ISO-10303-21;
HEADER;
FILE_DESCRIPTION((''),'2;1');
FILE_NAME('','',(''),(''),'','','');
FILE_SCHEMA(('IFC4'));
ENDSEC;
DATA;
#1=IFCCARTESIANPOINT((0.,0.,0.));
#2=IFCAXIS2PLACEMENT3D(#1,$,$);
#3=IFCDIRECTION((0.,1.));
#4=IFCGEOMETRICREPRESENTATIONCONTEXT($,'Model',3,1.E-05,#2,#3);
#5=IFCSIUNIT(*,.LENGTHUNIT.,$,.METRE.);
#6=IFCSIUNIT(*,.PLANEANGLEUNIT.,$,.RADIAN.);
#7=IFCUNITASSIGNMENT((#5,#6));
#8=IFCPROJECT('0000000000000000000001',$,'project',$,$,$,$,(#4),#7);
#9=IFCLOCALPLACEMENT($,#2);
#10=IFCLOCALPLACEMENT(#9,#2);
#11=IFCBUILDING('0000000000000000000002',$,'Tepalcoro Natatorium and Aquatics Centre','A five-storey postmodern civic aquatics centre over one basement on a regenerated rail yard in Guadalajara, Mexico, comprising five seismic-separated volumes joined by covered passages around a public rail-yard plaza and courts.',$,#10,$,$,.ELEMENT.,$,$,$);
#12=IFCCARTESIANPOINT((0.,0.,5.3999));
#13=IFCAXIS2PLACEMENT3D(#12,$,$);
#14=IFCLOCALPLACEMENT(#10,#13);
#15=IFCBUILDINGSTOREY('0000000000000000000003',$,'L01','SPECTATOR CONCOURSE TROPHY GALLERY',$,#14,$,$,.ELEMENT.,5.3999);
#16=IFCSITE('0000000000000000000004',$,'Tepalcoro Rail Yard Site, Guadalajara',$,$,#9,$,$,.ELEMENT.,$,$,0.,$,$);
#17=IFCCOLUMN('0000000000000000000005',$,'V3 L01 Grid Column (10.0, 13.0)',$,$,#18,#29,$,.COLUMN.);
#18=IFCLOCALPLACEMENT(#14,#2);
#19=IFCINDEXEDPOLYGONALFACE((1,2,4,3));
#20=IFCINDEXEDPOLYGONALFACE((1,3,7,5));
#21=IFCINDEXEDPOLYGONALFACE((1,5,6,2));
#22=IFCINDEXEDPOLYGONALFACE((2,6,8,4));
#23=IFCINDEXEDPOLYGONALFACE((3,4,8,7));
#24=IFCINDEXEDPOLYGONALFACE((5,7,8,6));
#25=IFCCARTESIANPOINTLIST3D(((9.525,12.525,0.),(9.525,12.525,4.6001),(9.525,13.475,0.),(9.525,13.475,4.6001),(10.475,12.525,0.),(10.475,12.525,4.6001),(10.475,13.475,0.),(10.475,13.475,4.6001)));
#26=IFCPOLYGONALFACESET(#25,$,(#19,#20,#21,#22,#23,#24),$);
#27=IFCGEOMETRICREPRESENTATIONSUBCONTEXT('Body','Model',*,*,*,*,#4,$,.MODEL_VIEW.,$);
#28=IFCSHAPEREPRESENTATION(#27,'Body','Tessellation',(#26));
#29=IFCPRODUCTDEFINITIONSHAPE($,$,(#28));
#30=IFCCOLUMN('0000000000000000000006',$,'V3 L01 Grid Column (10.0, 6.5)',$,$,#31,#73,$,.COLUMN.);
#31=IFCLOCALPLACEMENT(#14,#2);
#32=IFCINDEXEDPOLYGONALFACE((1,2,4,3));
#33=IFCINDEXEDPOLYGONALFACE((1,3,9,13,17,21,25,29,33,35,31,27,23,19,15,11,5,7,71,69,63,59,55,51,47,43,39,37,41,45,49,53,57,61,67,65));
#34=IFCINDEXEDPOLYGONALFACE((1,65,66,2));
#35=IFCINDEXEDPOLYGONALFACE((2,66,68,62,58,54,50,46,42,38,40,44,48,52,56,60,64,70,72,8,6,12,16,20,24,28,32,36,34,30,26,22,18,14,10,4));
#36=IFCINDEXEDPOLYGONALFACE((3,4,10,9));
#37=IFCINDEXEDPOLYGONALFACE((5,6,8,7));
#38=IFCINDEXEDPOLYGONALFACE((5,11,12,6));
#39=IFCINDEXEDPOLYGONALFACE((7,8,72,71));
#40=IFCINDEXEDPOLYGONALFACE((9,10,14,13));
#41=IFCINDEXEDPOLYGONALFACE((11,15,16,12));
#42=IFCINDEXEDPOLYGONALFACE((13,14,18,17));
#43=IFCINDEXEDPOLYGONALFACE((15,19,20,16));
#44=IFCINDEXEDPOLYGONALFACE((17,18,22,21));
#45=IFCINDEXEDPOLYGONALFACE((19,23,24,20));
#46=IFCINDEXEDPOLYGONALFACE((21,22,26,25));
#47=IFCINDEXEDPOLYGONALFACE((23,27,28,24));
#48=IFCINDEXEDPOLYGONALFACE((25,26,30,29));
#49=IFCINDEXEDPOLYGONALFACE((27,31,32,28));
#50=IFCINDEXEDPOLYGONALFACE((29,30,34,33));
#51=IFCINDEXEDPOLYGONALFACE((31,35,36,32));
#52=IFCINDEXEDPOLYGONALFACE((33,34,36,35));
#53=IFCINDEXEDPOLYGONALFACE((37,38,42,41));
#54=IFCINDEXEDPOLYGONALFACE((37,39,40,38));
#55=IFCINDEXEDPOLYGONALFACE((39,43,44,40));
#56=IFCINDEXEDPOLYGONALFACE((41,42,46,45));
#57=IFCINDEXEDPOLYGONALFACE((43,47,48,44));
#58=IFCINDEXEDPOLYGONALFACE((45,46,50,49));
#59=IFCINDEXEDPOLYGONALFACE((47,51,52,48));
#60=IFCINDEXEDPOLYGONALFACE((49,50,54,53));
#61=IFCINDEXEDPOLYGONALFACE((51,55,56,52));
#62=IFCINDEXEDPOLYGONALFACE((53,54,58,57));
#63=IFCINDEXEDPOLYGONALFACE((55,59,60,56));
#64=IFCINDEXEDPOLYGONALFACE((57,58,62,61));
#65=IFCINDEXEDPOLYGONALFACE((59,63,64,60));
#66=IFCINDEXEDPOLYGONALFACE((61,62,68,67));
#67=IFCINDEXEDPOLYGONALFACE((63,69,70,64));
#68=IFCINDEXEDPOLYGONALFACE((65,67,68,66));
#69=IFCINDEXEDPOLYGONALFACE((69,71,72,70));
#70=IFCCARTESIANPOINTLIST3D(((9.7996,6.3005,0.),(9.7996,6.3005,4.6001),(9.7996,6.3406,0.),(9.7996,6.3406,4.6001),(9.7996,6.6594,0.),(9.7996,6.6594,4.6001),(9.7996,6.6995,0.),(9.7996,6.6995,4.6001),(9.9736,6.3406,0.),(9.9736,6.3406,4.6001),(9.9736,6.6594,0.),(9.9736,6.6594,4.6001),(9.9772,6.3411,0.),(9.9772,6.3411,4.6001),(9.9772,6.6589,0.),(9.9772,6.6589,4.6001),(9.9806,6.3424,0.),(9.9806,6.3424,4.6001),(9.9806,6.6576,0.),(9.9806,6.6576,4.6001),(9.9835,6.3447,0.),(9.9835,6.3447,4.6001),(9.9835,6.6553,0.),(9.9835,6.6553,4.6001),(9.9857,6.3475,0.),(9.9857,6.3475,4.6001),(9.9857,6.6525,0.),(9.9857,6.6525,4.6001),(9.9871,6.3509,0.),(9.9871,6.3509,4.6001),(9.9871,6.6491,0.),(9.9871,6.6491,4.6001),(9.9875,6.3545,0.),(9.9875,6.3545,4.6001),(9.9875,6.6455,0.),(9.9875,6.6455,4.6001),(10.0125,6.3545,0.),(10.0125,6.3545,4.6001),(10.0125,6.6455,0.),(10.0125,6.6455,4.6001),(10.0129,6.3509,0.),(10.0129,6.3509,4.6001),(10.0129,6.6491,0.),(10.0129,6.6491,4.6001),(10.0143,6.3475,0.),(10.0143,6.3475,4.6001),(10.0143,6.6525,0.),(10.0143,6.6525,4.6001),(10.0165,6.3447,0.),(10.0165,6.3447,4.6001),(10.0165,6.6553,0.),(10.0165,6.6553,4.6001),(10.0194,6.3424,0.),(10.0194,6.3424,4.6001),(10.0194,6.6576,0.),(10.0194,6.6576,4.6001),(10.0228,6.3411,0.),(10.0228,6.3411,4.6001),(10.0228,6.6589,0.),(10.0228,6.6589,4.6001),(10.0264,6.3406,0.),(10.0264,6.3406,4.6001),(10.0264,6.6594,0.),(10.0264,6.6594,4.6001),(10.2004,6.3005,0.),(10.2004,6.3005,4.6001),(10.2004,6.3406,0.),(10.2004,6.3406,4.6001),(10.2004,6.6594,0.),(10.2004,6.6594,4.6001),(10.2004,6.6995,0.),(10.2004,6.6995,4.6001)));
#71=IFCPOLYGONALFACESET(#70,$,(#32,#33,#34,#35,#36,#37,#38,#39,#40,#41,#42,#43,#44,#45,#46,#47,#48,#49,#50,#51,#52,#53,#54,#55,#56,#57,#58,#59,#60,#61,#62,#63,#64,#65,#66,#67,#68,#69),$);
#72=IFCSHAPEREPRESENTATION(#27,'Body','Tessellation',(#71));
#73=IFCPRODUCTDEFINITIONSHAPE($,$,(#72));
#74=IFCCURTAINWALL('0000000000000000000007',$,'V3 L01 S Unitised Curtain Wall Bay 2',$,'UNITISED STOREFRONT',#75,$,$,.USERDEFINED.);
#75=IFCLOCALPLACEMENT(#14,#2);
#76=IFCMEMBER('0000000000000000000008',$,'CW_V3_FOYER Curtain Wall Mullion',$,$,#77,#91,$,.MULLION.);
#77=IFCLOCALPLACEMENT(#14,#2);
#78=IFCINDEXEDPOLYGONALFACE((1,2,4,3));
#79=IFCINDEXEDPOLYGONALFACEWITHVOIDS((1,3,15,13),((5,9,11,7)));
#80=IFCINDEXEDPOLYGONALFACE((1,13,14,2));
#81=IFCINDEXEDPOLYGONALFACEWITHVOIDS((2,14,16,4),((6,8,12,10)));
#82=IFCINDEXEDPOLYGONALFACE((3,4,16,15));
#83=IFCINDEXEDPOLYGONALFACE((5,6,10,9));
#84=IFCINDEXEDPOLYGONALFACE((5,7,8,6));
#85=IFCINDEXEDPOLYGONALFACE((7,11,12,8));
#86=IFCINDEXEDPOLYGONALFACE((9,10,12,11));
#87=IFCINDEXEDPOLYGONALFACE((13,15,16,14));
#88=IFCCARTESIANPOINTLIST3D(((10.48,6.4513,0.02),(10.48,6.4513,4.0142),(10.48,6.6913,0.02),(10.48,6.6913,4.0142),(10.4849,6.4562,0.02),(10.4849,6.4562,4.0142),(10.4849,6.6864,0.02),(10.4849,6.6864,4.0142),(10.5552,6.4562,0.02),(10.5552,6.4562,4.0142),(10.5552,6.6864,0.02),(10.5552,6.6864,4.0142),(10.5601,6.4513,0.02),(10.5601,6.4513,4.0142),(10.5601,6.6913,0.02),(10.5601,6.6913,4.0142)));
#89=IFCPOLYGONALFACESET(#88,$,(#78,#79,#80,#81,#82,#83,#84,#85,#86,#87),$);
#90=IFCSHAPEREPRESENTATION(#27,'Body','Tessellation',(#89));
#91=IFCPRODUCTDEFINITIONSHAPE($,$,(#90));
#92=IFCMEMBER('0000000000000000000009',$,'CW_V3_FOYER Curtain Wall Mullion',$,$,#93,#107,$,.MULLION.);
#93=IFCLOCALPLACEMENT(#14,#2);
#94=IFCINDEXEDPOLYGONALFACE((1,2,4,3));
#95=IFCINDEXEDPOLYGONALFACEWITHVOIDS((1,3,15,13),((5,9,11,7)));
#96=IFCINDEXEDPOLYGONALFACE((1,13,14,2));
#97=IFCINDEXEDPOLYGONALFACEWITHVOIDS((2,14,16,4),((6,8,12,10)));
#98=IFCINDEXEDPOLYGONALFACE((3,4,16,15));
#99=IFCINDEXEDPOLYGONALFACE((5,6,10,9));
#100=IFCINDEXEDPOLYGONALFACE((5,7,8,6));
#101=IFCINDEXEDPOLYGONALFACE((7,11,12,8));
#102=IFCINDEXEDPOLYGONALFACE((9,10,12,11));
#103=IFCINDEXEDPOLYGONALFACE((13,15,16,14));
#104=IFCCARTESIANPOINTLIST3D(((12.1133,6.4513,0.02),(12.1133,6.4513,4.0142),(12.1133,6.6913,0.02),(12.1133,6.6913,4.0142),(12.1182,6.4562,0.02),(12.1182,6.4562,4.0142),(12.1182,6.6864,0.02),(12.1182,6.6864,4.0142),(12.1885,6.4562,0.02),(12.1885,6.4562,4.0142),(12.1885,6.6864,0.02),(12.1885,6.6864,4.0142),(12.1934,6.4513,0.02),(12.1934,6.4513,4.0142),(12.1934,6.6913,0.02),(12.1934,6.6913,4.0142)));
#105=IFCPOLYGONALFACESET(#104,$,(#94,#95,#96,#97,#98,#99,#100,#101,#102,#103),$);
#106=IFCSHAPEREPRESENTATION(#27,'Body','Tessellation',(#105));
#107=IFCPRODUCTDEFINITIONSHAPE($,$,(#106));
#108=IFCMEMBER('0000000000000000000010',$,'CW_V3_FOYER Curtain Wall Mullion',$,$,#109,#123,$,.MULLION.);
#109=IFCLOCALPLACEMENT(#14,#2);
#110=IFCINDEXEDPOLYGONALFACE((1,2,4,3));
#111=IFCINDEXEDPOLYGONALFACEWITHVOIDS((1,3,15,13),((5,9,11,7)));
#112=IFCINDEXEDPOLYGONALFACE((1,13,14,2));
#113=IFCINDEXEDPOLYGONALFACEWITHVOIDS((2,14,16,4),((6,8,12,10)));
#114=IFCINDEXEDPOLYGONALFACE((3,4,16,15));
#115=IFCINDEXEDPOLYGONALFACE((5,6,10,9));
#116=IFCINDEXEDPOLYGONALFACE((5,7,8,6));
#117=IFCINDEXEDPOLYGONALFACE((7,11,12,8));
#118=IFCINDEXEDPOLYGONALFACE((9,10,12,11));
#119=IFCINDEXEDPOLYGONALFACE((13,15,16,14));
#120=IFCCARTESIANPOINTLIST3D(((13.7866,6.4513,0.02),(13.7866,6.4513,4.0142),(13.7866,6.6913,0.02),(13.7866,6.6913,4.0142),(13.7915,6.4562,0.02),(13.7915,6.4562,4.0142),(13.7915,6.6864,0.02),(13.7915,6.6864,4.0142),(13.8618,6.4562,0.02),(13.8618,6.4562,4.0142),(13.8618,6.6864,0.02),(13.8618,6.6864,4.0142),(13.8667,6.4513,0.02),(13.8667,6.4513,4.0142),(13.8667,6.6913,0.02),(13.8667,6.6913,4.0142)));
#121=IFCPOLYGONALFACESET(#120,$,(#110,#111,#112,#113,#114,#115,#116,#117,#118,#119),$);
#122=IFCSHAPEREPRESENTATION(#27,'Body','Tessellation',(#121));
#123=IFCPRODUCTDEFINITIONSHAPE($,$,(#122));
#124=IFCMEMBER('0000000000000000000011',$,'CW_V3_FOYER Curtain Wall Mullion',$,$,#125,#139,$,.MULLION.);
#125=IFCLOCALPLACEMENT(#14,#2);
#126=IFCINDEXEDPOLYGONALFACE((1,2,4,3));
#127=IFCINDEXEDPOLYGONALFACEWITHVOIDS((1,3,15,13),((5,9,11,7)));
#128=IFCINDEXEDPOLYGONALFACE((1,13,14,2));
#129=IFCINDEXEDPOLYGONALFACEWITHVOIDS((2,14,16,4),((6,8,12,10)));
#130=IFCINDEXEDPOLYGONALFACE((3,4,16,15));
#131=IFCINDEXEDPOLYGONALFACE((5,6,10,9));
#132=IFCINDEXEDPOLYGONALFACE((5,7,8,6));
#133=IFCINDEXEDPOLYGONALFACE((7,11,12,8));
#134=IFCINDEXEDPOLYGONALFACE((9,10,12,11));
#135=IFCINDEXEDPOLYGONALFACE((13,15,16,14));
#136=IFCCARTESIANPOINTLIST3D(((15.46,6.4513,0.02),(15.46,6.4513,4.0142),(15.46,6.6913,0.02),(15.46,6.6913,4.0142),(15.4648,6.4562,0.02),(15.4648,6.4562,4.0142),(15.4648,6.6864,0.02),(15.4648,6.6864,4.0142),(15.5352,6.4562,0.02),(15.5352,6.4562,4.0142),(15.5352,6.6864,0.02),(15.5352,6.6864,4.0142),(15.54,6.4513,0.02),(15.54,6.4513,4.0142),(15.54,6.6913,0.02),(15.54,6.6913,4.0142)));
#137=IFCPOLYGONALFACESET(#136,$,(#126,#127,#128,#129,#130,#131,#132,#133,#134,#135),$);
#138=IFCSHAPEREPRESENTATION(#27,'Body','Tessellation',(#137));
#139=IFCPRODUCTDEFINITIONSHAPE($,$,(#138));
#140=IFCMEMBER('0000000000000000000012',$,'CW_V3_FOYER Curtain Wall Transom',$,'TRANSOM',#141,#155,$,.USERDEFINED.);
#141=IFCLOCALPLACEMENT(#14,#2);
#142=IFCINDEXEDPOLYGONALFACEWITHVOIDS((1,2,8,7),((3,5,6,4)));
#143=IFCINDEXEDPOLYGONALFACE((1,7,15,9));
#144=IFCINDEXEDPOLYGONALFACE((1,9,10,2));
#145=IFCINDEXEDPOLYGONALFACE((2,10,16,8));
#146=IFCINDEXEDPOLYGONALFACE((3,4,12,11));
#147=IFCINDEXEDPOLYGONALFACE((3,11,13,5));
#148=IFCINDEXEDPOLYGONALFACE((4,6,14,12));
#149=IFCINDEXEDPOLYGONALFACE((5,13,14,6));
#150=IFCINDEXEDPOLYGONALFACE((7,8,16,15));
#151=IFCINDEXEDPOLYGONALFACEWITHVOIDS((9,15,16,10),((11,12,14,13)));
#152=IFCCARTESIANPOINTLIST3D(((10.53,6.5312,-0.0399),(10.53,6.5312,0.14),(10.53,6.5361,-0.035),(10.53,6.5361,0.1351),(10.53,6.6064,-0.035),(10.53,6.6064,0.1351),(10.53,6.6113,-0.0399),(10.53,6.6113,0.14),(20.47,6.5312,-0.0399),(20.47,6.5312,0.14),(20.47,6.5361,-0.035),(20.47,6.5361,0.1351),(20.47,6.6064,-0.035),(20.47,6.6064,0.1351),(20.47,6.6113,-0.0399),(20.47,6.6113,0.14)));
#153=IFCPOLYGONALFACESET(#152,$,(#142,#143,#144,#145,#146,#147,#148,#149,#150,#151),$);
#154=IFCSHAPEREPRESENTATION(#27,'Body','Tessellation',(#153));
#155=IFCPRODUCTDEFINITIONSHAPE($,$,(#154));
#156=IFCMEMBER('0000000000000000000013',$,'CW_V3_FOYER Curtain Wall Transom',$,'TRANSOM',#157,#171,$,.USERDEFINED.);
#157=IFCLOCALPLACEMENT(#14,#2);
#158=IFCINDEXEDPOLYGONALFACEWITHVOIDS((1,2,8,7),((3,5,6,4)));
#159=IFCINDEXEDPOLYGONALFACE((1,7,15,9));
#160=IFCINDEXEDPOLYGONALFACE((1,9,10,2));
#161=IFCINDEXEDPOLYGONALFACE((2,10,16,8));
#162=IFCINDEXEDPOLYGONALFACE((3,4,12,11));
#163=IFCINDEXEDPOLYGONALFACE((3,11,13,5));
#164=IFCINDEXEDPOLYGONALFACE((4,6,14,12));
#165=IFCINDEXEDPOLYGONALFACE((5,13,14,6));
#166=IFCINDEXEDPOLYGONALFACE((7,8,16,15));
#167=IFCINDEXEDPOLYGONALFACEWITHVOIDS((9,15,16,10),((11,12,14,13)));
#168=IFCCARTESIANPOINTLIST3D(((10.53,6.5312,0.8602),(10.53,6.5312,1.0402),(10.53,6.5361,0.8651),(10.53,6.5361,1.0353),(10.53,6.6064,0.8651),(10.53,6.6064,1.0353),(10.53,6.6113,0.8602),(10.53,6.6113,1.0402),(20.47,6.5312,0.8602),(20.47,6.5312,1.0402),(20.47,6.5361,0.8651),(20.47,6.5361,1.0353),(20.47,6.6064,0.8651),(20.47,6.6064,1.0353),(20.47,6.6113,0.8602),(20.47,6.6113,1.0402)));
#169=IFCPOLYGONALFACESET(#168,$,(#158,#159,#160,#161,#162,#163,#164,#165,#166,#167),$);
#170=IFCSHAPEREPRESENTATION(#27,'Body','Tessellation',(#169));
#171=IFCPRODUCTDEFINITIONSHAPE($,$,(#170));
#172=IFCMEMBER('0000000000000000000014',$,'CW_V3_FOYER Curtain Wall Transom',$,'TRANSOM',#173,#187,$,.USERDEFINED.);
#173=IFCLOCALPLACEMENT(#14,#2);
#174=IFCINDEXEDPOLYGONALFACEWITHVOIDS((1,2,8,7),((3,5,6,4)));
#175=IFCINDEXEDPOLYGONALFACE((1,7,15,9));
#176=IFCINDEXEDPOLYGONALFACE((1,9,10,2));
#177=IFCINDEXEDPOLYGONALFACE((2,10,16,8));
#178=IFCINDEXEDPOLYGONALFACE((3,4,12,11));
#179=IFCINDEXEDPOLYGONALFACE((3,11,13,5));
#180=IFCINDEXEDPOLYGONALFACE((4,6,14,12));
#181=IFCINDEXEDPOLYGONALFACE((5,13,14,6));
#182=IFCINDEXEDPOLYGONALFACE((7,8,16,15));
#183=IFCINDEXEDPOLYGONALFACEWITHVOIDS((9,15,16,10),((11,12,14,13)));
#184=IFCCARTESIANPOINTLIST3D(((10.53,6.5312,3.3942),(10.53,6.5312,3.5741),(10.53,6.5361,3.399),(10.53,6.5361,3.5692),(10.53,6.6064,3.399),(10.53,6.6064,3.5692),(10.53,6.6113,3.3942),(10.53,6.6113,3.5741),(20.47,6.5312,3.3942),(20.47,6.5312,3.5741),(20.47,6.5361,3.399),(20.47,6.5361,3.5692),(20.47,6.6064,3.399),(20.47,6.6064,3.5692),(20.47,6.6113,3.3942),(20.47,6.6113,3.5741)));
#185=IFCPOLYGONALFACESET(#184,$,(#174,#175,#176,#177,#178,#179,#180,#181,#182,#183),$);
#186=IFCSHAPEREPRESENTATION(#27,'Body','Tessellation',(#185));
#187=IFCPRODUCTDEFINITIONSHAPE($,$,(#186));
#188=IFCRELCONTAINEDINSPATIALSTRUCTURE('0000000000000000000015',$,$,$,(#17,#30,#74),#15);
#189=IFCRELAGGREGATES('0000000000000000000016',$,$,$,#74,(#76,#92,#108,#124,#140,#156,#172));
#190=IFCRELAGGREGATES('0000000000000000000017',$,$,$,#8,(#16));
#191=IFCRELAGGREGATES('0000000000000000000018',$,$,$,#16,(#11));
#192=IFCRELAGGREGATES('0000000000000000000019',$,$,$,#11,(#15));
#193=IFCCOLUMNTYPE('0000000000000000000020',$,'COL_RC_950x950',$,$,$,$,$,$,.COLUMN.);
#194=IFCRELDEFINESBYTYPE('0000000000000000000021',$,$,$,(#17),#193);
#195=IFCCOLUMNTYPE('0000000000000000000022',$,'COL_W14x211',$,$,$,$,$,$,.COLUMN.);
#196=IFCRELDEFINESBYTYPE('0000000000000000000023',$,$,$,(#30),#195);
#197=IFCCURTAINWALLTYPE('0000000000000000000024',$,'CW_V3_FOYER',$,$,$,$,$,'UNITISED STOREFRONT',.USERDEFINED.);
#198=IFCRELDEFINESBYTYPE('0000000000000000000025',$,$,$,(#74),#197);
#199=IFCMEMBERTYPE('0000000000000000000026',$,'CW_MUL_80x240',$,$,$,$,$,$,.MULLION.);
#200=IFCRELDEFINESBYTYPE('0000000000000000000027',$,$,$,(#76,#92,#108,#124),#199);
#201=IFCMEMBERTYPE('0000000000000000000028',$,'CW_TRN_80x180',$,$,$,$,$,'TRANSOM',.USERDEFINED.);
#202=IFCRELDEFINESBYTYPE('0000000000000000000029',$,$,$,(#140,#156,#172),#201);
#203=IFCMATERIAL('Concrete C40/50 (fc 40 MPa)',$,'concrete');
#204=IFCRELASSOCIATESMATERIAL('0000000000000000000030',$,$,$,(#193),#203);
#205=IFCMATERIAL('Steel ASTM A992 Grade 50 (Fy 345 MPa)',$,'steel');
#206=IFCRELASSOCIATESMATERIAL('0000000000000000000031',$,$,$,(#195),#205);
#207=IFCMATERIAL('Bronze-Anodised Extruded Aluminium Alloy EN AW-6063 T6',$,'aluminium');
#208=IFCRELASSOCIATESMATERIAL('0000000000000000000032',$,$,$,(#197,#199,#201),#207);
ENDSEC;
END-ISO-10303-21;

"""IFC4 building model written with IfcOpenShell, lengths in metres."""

from ifc_helpers import new_model, si_unit, direction, frame, origin, origin_2d, place, context, subcontext, project, spatial, rectangle, hollow_rectangle, i_section, extrude, material, material_profile, profile_set, type_object, element, aggregate, save


model = new_model("IFC4")

# Units and contexts
model_context = context("Model", 3, precision=1e-05, world=origin(), true_north=direction((0.0, 1.0)))
body_context = subcontext(model_context, "Body", "Model", "MODEL_VIEW")
ifc_project = project(units=[si_unit("LENGTHUNIT", "METRE"), si_unit("PLANEANGLEUNIT", "RADIAN")], contexts=[model_context])

# Site, building, storey
site_placement = place(None, origin())
site = spatial("IfcSite", under=ifc_project, at=site_placement, Name="Tepalcoro Rail Yard Site, Guadalajara", CompositionType="ELEMENT", RefElevation=0.0)
building_placement = place(site_placement, origin())
building = spatial("IfcBuilding", under=site, at=building_placement, Name="Tepalcoro Natatorium and Aquatics Centre", Description="A five-storey postmodern civic aquatics centre over one basement on a regenerated rail yard in Guadalajara, Mexico, comprising five seismic-separated volumes joined by covered passages around a public rail-yard plaza and courts.", CompositionType="ELEMENT")
storey_placement = place(building_placement, frame((0.0, 0.0, 5.3999)))
storey = spatial("IfcBuildingStorey", under=building, at=storey_placement, Name="L01", Description="SPECTATOR CONCOURSE TROPHY GALLERY", CompositionType="ELEMENT", Elevation=5.3999)

# Columns
ifc_material_1 = material(Name="Concrete C40/50 (fc 40 MPa)", Category="concrete")
ifc_material_profile_1 = material_profile(ifc_material_1, rectangle(XDim=0.95, YDim=0.95, at=origin_2d()), Name="RC950x950")
ifc_profile_set_1 = profile_set([ifc_material_profile_1], Name="Concrete C40/50 (fc 40 MPa)")
column_type_1 = type_object("IfcColumnType", Name="COL_RC_950x950", PredefinedType="COLUMN", material=ifc_profile_set_1)
column_1_placement = place(storey_placement, frame((10.0, 13.0, 0.0), z_axis=(0.0, 0.0, 1.0), x_axis=(1.0, 0.0, 0.0)))
element("IfcColumn", 1, at=column_1_placement, inside=storey, type_object=column_type_1, Name="V3 L01 Grid Column (10.0, 13.0)", PredefinedType="COLUMN", context=body_context, shape_type="SweptSolid", body=[
    extrude(rectangle(XDim=0.95, YDim=0.95, at=origin_2d()), origin(), (0.0, 0.0, 1.0), 4.6001),
])
ifc_material_2 = material(Name="Steel ASTM A992 Grade 50 (Fy 345 MPa)", Category="steel")
ifc_material_profile_2 = material_profile(ifc_material_2, i_section(OverallWidth=0.4009, OverallDepth=0.3989, WebThickness=0.0249, FlangeThickness=0.04, FilletRadius=0.0139, at=origin_2d()), Name="W14X211")
ifc_profile_set_2 = profile_set([ifc_material_profile_2], Name="Steel ASTM A992 Grade 50 (Fy 345 MPa)")
column_type_2 = type_object("IfcColumnType", Name="COL_W14x211", PredefinedType="COLUMN", material=ifc_profile_set_2)
column_2_placement = place(storey_placement, frame((10.0, 6.5, 0.0), z_axis=(0.0, 0.0, 1.0), x_axis=(1.0, 0.0, 0.0)))
element("IfcColumn", 2, at=column_2_placement, inside=storey, type_object=column_type_2, Name="V3 L01 Grid Column (10.0, 6.5)", PredefinedType="COLUMN", context=body_context, shape_type="SweptSolid", body=[
    extrude(i_section(OverallWidth=0.4009, OverallDepth=0.3989, WebThickness=0.0249, FlangeThickness=0.04, FilletRadius=0.0139, at=origin_2d()), origin(), (0.0, 0.0, 1.0), 4.6001),
])

# Curtain wall, members
ifc_material_3 = material(Name="Bronze-Anodised Extruded Aluminium Alloy EN AW-6063 T6", Category="aluminium")
curtain_wall_type = type_object("IfcCurtainWallType", Name="CW_V3_FOYER", ElementType="UNITISED STOREFRONT", PredefinedType="USERDEFINED", material=ifc_material_3)
curtain_wall_placement = place(storey_placement, origin())
curtain_wall = element("IfcCurtainWall", 3, at=curtain_wall_placement, inside=storey, type_object=curtain_wall_type, Name="V3 L01 S Unitised Curtain Wall Bay 2", ObjectType="UNITISED STOREFRONT", PredefinedType="USERDEFINED")
ifc_material_profile_3 = material_profile(ifc_material_3, hollow_rectangle(XDim=0.0801, YDim=0.24, WallThickness=0.0049, at=origin_2d()), Name="AL80X240X5")
ifc_profile_set_3 = profile_set([ifc_material_profile_3], Name="Bronze-Anodised Extruded Aluminium Alloy EN AW-6063 T6")
member_type_1 = type_object("IfcMemberType", Name="CW_MUL_80x240", PredefinedType="MULLION", material=ifc_profile_set_3)
member_1_placement = place(storey_placement, frame((10.52, 6.5713, 0.02), z_axis=(0.0, 0.0, 1.0), x_axis=(1.0, 0.0, 0.0)))
member_1 = element("IfcMember", 4, at=member_1_placement, type_object=member_type_1, Name="CW_V3_FOYER Curtain Wall Mullion", PredefinedType="MULLION", context=body_context, shape_type="SweptSolid", body=[
    extrude(hollow_rectangle(XDim=0.0801, YDim=0.24, WallThickness=0.0049, at=origin_2d()), origin(), (0.0, 0.0, 1.0), 3.9941),
])
member_2_placement = place(storey_placement, frame((12.1533, 6.5713, 0.02), z_axis=(0.0, 0.0, 1.0), x_axis=(1.0, 0.0, 0.0)))
member_2 = element("IfcMember", 5, at=member_2_placement, type_object=member_type_1, Name="CW_V3_FOYER Curtain Wall Mullion", PredefinedType="MULLION", context=body_context, shape_type="SweptSolid", body=[
    extrude(hollow_rectangle(XDim=0.0801, YDim=0.24, WallThickness=0.0049, at=origin_2d()), origin(), (0.0, 0.0, 1.0), 3.9941),
])
member_3_placement = place(storey_placement, frame((13.8267, 6.5713, 0.02), z_axis=(0.0, 0.0, 1.0), x_axis=(1.0, 0.0, 0.0)))
member_3 = element("IfcMember", 6, at=member_3_placement, type_object=member_type_1, Name="CW_V3_FOYER Curtain Wall Mullion", PredefinedType="MULLION", context=body_context, shape_type="SweptSolid", body=[
    extrude(hollow_rectangle(XDim=0.0801, YDim=0.24, WallThickness=0.0049, at=origin_2d()), origin(), (0.0, 0.0, 1.0), 3.9941),
])
member_4_placement = place(storey_placement, frame((15.5, 6.5713, 0.02), z_axis=(0.0, 0.0, 1.0), x_axis=(1.0, 0.0, 0.0)))
member_4 = element("IfcMember", 7, at=member_4_placement, type_object=member_type_1, Name="CW_V3_FOYER Curtain Wall Mullion", PredefinedType="MULLION", context=body_context, shape_type="SweptSolid", body=[
    extrude(hollow_rectangle(XDim=0.0801, YDim=0.24, WallThickness=0.0049, at=origin_2d()), origin(), (0.0, 0.0, 1.0), 3.9941),
])
ifc_material_profile_4 = material_profile(ifc_material_3, hollow_rectangle(XDim=0.0801, YDim=0.1799, WallThickness=0.0049, at=origin_2d()), Name="AL80X180X5")
ifc_profile_set_4 = profile_set([ifc_material_profile_4], Name="Bronze-Anodised Extruded Aluminium Alloy EN AW-6063 T6")
member_type_2 = type_object("IfcMemberType", Name="CW_TRN_80x180", ElementType="TRANSOM", PredefinedType="USERDEFINED", material=ifc_profile_set_4)
member_5_placement = place(storey_placement, frame((10.53, 6.5713, 0.05), z_axis=(1.0, 0.0, 0.0), x_axis=(0.0, 1.0, 0.0)))
member_5 = element("IfcMember", 8, at=member_5_placement, type_object=member_type_2, Name="CW_V3_FOYER Curtain Wall Transom", ObjectType="TRANSOM", PredefinedType="USERDEFINED", context=body_context, shape_type="SweptSolid", body=[
    extrude(hollow_rectangle(XDim=0.0801, YDim=0.1799, WallThickness=0.0049, at=origin_2d()), origin(), (0.0, 0.0, 1.0), 9.9399),
])
member_6_placement = place(storey_placement, frame((10.53, 6.5713, 0.9502), z_axis=(1.0, 0.0, 0.0), x_axis=(0.0, 1.0, 0.0)))
member_6 = element("IfcMember", 9, at=member_6_placement, type_object=member_type_2, Name="CW_V3_FOYER Curtain Wall Transom", ObjectType="TRANSOM", PredefinedType="USERDEFINED", context=body_context, shape_type="SweptSolid", body=[
    extrude(hollow_rectangle(XDim=0.0801, YDim=0.1799, WallThickness=0.0049, at=origin_2d()), origin(), (0.0, 0.0, 1.0), 9.9399),
])
member_7_placement = place(storey_placement, frame((10.53, 6.5713, 3.4841), z_axis=(1.0, 0.0, 0.0), x_axis=(0.0, 1.0, 0.0)))
member_7 = element("IfcMember", 10, at=member_7_placement, type_object=member_type_2, Name="CW_V3_FOYER Curtain Wall Transom", ObjectType="TRANSOM", PredefinedType="USERDEFINED", context=body_context, shape_type="SweptSolid", body=[
    extrude(hollow_rectangle(XDim=0.0801, YDim=0.1799, WallThickness=0.0049, at=origin_2d()), origin(), (0.0, 0.0, 1.0), 9.9399),
])

aggregate(curtain_wall, [member_1, member_2, member_3, member_4, member_5, member_6, member_7])

save(model, "model.ifc")
